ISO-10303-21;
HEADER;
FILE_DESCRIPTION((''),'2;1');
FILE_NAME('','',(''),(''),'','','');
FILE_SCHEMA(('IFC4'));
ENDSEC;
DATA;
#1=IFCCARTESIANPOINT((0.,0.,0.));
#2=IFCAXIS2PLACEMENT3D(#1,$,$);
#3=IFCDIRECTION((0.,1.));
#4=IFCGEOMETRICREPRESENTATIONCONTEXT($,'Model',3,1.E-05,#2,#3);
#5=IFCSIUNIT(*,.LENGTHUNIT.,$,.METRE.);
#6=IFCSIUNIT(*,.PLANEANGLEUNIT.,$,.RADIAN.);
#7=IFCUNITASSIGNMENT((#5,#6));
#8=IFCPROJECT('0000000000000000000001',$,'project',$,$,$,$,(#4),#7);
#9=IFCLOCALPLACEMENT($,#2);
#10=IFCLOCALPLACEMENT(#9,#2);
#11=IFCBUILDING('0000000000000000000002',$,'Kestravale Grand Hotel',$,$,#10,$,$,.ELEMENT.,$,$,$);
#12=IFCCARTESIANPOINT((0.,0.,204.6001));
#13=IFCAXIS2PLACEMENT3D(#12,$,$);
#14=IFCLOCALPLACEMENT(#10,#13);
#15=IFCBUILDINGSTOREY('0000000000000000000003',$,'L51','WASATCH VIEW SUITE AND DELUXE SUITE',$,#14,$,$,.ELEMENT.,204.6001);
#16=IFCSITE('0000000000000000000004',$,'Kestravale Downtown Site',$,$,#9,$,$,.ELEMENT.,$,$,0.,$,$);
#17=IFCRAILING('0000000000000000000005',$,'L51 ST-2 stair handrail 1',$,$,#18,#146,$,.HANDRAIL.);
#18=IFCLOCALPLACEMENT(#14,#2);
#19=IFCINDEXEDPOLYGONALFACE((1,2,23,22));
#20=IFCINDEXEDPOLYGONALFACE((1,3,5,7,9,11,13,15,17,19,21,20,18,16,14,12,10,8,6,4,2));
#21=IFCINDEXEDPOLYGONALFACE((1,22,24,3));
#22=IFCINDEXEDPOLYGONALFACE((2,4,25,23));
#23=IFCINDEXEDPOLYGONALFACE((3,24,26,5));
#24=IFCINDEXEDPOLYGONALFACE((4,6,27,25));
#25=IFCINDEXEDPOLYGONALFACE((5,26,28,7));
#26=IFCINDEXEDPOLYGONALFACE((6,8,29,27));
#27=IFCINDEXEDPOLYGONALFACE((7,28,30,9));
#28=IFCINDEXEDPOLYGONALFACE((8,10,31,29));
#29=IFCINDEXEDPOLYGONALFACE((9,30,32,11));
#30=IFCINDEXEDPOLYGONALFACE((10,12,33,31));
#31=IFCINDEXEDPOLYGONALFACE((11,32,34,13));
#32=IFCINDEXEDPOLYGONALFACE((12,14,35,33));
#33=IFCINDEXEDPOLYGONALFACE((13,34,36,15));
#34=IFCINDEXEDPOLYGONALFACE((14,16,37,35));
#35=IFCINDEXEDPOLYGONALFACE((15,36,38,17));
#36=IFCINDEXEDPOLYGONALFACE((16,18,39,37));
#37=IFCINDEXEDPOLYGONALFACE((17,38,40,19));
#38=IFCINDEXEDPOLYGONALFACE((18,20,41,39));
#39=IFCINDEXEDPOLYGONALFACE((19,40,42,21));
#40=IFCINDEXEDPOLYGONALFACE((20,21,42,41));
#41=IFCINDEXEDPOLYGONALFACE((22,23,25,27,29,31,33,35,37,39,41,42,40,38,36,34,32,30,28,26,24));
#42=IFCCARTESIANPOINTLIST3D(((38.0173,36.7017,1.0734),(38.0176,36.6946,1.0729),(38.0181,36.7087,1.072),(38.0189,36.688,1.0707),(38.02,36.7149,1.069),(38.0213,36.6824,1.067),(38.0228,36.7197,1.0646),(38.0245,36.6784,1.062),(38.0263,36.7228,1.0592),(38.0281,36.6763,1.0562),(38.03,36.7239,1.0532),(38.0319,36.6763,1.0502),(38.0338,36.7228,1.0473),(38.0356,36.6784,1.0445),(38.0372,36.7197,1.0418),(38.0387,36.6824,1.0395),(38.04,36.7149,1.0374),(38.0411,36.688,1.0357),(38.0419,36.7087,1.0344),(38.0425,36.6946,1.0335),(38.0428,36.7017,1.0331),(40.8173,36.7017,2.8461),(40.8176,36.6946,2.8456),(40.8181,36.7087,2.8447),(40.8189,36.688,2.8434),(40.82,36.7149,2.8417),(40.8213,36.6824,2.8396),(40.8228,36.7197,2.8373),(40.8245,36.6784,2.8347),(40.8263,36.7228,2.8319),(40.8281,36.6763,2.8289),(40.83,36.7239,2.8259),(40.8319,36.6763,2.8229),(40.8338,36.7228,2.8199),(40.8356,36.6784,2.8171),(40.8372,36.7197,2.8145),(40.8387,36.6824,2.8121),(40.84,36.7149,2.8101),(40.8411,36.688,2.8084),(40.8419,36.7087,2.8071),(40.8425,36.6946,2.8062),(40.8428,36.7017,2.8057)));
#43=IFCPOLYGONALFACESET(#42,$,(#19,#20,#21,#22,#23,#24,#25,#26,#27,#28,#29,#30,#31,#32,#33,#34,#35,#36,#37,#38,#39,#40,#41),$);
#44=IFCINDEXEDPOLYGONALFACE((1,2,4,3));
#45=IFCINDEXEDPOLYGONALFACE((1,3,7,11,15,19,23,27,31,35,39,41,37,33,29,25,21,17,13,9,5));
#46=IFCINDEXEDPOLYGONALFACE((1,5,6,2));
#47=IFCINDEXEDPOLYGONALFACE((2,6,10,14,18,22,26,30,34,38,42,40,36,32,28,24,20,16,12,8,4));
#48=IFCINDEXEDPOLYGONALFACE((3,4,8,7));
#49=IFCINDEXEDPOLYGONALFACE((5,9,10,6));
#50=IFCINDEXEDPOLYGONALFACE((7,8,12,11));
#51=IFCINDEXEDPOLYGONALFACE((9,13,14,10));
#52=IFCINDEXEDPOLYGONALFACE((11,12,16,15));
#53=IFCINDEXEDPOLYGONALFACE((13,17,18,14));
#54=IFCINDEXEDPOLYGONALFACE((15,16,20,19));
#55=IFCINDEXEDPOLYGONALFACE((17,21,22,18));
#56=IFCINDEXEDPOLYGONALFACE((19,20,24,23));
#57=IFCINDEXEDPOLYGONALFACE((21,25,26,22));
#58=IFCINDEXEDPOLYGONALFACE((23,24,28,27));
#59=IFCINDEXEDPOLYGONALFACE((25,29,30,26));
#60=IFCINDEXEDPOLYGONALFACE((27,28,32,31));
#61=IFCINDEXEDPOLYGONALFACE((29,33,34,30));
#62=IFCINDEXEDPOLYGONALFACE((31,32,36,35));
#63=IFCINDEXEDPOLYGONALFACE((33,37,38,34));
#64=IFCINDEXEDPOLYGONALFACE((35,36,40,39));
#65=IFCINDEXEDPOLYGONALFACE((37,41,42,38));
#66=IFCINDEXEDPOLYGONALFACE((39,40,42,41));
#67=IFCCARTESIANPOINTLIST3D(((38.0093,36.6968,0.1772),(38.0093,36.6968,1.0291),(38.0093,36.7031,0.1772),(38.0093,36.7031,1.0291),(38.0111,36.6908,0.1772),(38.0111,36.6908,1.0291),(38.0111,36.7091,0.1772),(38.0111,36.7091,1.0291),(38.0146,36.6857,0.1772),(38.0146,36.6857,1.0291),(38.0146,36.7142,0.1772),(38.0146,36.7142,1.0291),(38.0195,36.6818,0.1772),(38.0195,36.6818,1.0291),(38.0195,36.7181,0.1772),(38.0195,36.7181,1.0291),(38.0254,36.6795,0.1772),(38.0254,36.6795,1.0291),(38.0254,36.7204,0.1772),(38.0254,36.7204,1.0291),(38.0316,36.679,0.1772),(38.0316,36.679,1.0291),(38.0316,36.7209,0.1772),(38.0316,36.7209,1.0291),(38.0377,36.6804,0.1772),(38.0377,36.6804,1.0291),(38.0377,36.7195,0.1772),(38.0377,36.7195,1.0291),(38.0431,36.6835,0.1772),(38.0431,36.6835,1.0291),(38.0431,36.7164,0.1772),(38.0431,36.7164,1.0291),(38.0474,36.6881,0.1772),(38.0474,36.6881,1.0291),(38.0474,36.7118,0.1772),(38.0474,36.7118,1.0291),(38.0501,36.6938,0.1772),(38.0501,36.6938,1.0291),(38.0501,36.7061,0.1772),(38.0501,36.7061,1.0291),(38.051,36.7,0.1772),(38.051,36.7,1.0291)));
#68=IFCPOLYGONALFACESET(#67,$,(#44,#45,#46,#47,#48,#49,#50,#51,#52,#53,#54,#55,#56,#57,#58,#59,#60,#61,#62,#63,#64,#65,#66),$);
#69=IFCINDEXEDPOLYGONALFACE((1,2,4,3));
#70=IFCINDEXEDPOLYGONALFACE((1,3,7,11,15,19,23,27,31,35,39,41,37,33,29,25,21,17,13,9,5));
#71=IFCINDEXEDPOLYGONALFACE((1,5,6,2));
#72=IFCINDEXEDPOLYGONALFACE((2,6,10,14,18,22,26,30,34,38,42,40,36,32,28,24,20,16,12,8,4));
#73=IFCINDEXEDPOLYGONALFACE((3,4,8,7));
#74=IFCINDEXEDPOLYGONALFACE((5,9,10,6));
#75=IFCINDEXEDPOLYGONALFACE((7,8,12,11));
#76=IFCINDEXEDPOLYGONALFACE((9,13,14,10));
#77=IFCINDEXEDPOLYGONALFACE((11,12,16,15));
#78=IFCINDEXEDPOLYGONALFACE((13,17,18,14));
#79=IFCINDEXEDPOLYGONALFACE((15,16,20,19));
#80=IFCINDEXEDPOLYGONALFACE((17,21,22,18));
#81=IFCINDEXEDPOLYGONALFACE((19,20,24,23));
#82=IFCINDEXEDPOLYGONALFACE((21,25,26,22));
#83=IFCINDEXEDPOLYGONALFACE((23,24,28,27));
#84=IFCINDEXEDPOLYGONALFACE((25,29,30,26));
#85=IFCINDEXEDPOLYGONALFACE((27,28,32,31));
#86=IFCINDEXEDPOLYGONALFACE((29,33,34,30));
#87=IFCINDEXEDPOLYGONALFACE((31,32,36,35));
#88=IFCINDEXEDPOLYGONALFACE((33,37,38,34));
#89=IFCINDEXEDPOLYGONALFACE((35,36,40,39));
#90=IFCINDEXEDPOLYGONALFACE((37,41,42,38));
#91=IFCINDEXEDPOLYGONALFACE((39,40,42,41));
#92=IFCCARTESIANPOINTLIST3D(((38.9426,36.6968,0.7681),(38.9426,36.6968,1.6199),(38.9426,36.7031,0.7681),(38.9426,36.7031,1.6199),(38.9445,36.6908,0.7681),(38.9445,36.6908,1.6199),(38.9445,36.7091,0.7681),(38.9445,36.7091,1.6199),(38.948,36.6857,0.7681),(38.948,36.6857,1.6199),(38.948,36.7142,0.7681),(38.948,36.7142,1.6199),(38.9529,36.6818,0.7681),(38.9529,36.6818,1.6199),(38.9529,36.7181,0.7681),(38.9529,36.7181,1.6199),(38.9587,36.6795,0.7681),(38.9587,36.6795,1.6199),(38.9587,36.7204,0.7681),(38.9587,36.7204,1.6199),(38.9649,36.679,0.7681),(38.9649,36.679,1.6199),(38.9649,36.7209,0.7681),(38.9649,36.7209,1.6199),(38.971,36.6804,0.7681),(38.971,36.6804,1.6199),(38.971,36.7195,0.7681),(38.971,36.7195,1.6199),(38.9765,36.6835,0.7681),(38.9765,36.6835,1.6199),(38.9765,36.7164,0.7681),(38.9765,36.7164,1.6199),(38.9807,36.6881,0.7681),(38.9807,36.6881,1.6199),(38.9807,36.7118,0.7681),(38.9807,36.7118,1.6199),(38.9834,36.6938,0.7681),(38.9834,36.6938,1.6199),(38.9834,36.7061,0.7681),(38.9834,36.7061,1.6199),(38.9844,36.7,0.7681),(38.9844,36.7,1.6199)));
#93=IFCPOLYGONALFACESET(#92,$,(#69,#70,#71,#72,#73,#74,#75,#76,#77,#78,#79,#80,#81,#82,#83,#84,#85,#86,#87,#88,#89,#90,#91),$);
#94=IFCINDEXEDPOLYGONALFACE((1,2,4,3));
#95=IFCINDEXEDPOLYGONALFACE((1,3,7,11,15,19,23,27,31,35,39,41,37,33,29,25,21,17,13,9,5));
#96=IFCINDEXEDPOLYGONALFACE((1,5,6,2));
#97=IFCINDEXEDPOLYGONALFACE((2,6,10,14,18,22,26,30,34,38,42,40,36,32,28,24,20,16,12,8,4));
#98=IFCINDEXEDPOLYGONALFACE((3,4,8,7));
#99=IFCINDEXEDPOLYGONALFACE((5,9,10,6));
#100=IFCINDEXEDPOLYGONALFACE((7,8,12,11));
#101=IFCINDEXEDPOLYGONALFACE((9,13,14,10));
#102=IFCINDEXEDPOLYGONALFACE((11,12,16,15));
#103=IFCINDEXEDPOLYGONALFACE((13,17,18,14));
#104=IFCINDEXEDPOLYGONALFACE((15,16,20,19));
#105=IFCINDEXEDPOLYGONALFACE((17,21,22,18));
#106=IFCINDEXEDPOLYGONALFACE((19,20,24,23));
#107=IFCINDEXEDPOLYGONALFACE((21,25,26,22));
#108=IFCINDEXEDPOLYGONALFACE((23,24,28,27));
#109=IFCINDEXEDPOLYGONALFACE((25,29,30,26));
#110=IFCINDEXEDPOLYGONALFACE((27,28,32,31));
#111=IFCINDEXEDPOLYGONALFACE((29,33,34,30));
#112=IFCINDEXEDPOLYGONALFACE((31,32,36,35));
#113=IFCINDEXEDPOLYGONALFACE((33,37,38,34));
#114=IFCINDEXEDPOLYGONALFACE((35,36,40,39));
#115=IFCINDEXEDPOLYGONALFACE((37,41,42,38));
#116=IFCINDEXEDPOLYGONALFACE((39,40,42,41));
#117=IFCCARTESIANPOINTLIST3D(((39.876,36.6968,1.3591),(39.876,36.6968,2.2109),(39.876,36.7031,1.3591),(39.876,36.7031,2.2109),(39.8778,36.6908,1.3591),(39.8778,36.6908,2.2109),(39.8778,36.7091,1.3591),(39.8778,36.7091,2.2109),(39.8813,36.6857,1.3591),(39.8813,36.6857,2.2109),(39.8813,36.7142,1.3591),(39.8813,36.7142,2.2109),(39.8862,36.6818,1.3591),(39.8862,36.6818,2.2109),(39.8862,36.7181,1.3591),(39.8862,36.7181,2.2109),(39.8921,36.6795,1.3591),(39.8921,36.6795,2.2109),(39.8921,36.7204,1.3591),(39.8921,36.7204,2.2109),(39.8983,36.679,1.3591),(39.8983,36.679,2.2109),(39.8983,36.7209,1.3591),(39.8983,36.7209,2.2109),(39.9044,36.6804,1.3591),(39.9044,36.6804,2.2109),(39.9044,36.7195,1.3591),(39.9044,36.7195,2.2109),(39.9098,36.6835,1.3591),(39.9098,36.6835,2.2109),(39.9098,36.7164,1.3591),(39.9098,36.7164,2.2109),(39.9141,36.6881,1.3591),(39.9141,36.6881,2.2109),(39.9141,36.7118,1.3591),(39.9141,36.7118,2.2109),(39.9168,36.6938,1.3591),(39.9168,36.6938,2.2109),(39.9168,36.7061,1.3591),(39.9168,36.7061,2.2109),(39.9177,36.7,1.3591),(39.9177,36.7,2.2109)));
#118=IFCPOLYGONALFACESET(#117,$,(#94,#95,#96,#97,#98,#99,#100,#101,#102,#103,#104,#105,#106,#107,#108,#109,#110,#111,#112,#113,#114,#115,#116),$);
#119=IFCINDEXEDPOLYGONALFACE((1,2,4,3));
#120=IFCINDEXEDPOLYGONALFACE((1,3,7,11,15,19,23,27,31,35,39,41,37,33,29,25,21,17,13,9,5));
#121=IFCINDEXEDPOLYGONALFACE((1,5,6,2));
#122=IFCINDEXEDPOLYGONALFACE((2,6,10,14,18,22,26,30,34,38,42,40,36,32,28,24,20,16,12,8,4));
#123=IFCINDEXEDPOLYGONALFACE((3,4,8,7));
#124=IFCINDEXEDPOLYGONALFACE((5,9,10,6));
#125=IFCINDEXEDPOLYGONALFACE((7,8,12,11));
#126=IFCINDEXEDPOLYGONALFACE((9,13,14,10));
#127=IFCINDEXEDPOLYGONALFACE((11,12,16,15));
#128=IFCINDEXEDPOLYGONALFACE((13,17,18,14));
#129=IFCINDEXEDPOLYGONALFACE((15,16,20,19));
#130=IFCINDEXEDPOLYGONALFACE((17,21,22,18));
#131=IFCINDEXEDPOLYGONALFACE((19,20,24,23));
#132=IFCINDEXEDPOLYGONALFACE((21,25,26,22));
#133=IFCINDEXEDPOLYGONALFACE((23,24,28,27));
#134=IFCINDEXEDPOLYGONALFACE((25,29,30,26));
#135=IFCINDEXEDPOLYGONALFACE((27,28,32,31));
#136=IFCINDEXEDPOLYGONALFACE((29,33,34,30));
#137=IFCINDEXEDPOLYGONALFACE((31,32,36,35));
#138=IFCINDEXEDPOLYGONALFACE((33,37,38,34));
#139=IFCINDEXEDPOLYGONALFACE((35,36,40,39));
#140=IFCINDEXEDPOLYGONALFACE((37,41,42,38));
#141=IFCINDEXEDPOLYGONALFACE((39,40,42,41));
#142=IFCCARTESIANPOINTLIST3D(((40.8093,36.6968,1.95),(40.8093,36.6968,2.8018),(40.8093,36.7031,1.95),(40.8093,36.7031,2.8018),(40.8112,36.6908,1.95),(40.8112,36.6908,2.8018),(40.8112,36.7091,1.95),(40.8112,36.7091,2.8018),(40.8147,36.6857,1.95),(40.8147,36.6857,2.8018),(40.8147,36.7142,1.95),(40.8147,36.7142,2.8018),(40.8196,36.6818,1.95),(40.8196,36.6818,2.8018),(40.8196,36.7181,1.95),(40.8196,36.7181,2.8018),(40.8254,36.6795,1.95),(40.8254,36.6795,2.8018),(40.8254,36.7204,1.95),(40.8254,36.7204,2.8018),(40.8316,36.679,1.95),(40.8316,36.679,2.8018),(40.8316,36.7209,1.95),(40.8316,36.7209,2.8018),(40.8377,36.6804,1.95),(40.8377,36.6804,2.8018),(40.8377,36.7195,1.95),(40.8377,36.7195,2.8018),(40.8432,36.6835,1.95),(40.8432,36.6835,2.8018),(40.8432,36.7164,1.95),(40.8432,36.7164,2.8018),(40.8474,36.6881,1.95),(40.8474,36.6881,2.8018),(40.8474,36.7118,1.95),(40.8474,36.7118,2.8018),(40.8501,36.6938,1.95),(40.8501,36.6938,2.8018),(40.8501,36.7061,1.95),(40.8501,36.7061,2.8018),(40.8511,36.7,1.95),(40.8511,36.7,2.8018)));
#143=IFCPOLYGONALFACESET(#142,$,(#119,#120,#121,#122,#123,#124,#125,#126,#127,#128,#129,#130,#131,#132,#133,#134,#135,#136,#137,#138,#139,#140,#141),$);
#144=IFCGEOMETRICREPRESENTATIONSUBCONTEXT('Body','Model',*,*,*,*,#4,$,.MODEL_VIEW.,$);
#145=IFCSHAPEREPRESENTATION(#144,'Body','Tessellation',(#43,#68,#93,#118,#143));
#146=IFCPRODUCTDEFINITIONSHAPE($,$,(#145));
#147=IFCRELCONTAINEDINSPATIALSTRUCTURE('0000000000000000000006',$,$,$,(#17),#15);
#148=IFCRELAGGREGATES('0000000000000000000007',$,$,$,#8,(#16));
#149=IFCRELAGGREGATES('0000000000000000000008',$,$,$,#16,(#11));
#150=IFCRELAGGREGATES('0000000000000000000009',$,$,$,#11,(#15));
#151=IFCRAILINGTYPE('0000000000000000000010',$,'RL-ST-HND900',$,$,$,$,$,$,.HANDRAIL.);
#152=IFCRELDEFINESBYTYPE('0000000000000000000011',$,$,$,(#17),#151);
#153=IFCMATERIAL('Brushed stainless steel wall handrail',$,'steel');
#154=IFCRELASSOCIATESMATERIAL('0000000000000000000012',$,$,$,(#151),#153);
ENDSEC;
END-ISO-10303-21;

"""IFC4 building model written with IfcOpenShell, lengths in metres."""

from ifc_helpers import new_model, si_unit, direction, frame, origin, origin_2d, place, context, subcontext, project, spatial, circle, extrude, material, type_object, element, save


model = new_model("IFC4")

# Units and contexts
model_context = context("Model", 3, precision=1e-05, world=origin(), true_north=direction((0.0, 1.0)))
body_context = subcontext(model_context, "Body", "Model", "MODEL_VIEW")
ifc_project = project(units=[si_unit("LENGTHUNIT", "METRE"), si_unit("PLANEANGLEUNIT", "RADIAN")], contexts=[model_context])

# Site, building, storey
site_placement = place(None, origin())
site = spatial("IfcSite", under=ifc_project, at=site_placement, Name="Kestravale Downtown Site", CompositionType="ELEMENT", RefElevation=0.0)
building_placement = place(site_placement, origin())
building = spatial("IfcBuilding", under=site, at=building_placement, Name="Kestravale Grand Hotel", CompositionType="ELEMENT")
storey_placement = place(building_placement, frame((0.0, 0.0, 204.6001)))
storey = spatial("IfcBuildingStorey", under=building, at=storey_placement, Name="L51", Description="WASATCH VIEW SUITE AND DELUXE SUITE", CompositionType="ELEMENT", Elevation=204.6001)

# Railing
ifc_material_1 = material(Name="Brushed stainless steel wall handrail", Category="steel")
railing_type_1 = type_object("IfcRailingType", Name="RL-ST-HND900", PredefinedType="HANDRAIL", material=ifc_material_1)
railing_1_placement = place(storey_placement, frame((38.03, 36.7, 0.1772)))
element("IfcRailing", 1, at=railing_1_placement, inside=storey, type_object=railing_type_1, Name="L51 ST-2 stair handrail 1", PredefinedType="HANDRAIL", context=body_context, shape_type="SweptSolid", body=[
    extrude(circle(Radius=0.0239, at=origin_2d()), frame((0.0, 0.0, 0.876), z_axis=(0.844909, 0.0, 0.53491), x_axis=(0.0, 1.0, 0.0)), (0.0, 0.0, 1.0), 3.314),
    extrude(circle(Radius=0.021, at=origin_2d()), origin(), (0.0, 0.0, 1.0), 0.8518),
    extrude(circle(Radius=0.021, at=origin_2d()), frame((0.9333, 0.0, 0.5908)), (0.0, 0.0, 1.0), 0.8518),
    extrude(circle(Radius=0.021, at=origin_2d()), frame((1.8667, 0.0, 1.1819)), (0.0, 0.0, 1.0), 0.8518),
    extrude(circle(Radius=0.021, at=origin_2d()), frame((2.8, 0.0, 1.7727)), (0.0, 0.0, 1.0), 0.8518),
])

save(model, "model.ifc")
